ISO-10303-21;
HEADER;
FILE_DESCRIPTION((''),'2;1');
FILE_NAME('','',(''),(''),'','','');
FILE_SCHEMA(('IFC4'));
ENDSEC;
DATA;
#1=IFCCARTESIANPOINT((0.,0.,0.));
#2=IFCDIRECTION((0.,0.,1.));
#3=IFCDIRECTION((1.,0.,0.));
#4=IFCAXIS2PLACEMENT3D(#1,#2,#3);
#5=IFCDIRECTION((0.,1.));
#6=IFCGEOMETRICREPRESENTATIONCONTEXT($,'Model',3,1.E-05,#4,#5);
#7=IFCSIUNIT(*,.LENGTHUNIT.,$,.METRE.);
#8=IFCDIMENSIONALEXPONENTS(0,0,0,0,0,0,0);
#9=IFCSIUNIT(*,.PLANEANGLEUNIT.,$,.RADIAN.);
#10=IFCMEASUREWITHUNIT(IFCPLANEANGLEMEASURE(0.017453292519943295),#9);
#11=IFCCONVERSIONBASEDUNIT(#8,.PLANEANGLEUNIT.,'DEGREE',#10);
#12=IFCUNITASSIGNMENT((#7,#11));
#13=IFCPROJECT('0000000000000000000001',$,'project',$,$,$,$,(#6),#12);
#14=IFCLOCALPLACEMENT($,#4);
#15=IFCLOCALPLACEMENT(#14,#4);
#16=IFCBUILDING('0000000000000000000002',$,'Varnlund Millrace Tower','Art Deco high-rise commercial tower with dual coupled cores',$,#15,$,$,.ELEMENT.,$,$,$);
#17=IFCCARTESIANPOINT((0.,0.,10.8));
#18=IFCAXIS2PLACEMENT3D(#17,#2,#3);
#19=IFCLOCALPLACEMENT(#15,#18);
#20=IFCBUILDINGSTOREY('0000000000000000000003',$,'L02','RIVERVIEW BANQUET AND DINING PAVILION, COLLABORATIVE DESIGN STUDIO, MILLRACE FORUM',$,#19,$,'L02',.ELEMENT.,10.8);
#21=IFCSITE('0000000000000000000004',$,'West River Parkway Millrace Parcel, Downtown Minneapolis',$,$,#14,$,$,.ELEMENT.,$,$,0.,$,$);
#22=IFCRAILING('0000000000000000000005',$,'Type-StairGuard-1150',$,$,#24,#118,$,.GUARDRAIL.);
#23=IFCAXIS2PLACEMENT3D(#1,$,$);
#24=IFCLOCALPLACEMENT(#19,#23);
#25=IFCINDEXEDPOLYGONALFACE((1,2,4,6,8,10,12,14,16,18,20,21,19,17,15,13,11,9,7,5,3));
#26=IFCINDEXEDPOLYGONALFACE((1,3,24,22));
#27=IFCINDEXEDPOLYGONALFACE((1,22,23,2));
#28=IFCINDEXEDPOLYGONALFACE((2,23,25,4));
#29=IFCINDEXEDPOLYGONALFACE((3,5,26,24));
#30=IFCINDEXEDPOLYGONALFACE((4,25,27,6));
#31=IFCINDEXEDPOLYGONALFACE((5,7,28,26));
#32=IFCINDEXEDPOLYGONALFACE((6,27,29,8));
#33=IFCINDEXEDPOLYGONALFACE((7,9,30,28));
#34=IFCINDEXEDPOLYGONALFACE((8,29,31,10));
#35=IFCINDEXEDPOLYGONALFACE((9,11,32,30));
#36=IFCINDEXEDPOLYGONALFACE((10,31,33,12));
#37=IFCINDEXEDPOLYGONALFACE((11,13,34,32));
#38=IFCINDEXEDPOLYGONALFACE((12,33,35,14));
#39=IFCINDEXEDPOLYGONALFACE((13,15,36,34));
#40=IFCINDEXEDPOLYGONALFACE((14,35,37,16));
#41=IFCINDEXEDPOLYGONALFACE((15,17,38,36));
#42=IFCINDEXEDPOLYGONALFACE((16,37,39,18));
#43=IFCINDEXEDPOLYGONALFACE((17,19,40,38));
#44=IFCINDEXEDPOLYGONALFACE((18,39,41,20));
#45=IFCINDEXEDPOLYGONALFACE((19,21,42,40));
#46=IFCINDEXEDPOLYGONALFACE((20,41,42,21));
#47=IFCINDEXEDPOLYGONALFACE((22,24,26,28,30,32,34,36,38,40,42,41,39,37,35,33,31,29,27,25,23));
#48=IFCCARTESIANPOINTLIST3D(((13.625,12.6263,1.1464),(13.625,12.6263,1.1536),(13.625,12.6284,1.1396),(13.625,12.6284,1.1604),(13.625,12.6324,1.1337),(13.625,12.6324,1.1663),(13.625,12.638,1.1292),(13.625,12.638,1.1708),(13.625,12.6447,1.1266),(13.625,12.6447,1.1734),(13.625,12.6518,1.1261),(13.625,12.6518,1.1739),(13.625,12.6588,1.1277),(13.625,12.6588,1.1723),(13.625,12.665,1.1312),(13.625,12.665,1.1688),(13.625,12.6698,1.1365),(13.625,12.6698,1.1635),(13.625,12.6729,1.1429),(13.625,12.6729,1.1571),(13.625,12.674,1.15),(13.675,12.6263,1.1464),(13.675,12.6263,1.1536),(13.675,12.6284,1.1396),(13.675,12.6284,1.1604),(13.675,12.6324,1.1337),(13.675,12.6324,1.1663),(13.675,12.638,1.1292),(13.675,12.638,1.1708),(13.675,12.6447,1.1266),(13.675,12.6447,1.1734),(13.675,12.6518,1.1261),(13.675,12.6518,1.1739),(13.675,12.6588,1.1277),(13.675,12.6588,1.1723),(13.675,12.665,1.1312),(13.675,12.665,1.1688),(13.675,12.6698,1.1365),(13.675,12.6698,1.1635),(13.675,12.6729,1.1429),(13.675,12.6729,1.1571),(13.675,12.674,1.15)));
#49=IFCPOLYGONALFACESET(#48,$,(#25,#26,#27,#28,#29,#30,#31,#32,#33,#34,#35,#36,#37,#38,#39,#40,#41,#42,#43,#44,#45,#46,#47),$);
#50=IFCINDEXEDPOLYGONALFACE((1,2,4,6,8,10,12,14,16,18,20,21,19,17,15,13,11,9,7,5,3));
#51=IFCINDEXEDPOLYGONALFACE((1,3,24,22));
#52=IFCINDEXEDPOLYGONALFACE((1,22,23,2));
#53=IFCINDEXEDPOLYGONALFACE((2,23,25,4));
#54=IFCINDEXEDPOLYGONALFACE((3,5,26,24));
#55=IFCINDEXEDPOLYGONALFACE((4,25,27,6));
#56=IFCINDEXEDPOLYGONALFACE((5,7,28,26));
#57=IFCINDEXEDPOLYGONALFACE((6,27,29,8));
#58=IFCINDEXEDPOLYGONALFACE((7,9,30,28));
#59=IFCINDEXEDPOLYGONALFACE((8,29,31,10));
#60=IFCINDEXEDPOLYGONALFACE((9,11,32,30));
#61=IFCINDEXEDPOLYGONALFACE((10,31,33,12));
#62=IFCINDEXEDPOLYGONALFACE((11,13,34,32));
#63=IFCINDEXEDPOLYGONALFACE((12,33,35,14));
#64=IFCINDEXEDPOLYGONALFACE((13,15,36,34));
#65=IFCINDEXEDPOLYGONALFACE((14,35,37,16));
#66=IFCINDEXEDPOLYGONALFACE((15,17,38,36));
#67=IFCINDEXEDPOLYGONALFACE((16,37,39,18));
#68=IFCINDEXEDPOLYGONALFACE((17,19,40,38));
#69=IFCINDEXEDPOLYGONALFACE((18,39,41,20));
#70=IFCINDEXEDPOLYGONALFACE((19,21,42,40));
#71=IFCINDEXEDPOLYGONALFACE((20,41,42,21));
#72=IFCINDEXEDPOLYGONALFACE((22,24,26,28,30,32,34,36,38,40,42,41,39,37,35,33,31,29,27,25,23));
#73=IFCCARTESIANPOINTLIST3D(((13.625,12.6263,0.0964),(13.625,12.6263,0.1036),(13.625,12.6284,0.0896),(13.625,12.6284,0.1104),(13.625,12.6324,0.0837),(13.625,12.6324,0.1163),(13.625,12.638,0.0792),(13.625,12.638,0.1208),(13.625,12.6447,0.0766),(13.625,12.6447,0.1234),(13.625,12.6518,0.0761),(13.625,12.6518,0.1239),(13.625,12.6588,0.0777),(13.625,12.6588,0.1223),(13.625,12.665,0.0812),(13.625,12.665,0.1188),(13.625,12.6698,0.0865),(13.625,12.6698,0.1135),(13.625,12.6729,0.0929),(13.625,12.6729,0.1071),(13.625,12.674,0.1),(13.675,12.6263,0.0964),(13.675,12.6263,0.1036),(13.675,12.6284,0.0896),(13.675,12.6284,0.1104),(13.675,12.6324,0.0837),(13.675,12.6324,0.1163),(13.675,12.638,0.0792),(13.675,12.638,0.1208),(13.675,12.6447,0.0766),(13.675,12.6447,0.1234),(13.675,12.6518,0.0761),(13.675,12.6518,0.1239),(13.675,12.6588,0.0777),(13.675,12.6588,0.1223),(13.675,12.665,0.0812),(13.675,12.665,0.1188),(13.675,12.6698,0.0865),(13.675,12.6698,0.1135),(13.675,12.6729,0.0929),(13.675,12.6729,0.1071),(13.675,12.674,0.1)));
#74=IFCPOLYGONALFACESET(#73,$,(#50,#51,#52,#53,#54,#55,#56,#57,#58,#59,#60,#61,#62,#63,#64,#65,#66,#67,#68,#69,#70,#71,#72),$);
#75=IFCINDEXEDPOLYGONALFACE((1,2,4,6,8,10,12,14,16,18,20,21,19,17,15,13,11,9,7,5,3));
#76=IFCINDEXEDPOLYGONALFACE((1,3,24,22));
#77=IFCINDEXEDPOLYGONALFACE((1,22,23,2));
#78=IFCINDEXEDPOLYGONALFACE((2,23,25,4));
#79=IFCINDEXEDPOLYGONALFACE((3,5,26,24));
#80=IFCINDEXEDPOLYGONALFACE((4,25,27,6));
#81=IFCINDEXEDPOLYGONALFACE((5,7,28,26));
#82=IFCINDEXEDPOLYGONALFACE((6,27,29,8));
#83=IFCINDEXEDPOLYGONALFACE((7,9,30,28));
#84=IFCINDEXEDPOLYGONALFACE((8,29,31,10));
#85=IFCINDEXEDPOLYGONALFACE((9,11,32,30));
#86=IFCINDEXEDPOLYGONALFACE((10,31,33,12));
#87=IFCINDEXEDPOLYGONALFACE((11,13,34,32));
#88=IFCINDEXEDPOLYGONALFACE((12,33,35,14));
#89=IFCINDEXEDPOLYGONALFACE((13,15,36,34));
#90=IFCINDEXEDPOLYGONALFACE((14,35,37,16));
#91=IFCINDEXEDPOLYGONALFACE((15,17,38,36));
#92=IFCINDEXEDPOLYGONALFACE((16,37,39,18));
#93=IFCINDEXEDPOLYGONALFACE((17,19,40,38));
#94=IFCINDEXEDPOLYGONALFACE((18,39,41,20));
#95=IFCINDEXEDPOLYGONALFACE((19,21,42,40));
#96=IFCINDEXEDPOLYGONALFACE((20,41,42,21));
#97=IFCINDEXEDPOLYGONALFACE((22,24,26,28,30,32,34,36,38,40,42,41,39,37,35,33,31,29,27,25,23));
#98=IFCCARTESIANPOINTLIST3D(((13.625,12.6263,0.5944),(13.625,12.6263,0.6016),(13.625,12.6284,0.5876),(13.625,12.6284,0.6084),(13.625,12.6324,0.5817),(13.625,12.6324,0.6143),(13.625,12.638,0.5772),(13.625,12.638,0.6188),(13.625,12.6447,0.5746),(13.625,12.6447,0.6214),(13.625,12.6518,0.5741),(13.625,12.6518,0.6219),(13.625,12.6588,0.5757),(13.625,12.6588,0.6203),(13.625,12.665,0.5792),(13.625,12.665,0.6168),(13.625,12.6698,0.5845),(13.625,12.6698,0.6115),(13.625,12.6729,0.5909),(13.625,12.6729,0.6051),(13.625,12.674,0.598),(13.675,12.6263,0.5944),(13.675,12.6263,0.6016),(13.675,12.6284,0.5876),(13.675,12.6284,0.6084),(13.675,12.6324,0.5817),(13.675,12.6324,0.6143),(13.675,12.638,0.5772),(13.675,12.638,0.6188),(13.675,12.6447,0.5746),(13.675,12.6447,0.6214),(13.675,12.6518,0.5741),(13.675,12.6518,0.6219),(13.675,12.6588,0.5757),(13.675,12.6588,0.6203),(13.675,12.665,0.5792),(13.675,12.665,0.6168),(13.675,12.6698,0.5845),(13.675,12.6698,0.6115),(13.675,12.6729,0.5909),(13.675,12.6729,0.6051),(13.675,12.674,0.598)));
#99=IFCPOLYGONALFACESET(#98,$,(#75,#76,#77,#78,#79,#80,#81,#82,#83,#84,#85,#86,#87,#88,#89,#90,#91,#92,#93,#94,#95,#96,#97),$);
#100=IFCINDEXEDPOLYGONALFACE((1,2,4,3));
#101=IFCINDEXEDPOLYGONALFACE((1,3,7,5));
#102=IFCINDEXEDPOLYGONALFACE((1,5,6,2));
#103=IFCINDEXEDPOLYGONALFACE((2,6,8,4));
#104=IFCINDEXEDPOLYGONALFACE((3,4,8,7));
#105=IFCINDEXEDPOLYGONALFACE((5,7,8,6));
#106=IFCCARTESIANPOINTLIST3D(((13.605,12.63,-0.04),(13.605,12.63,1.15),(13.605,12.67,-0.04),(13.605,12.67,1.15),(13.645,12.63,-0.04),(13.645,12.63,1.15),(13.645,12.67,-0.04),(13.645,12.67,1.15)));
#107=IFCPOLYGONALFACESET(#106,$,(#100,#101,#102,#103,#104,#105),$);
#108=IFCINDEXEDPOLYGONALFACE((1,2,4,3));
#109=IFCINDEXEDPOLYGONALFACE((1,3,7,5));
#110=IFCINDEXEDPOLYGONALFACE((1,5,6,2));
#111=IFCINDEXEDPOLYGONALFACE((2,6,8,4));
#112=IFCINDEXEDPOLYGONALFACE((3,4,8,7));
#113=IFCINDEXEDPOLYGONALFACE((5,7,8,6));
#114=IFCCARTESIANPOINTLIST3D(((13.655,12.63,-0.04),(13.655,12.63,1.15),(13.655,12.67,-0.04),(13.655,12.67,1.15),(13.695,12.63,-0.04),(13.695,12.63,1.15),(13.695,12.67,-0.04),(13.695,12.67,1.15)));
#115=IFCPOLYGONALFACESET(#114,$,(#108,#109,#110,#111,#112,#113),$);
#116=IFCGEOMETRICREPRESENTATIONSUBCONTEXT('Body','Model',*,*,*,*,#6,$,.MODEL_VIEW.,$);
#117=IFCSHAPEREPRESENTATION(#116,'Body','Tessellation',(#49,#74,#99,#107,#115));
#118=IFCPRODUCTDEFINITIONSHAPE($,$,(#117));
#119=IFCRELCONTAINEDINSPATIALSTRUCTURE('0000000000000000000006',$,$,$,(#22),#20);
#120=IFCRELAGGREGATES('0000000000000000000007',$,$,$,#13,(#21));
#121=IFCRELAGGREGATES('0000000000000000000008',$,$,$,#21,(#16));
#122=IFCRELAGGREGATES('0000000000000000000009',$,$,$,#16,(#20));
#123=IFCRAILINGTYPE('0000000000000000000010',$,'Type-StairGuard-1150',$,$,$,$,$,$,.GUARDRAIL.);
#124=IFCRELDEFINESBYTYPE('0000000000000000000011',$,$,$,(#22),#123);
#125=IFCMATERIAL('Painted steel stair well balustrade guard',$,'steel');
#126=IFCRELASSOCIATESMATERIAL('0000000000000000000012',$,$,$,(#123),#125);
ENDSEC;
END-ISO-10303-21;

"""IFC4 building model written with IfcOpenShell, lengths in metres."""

from ifc_helpers import new_model, entity, si_unit, converted_unit, direction, frame, origin_with_axes, origin_2d_with_axis, place, context, subcontext, project, spatial, rectangle, circle, extrude, material, type_object, element, save


model = new_model("IFC4")

# Units and contexts
model_context = context("Model", 3, precision=1e-05, world=origin_with_axes(), true_north=direction((0.0, 1.0)))
body_context = subcontext(model_context, "Body", "Model", "MODEL_VIEW")
ifc_project = project(units=[si_unit("LENGTHUNIT", "METRE"), converted_unit("PLANEANGLEUNIT", "DEGREE", entity("IfcPlaneAngleMeasure", 0.017453292519943295), si_unit("PLANEANGLEUNIT", "RADIAN"), dimensions=[0, 0, 0, 0, 0, 0, 0])], contexts=[model_context])

# Site, building, storey
site_placement = place(None, origin_with_axes())
site = spatial("IfcSite", under=ifc_project, at=site_placement, Name="West River Parkway Millrace Parcel, Downtown Minneapolis", CompositionType="ELEMENT", RefElevation=0.0)
building_placement = place(site_placement, origin_with_axes())
building = spatial("IfcBuilding", under=site, at=building_placement, Name="Varnlund Millrace Tower", Description="Art Deco high-rise commercial tower with dual coupled cores", CompositionType="ELEMENT")
storey_placement = place(building_placement, frame((0.0, 0.0, 10.8), z_axis=(0.0, 0.0, 1.0), x_axis=(1.0, 0.0, 0.0)))
storey = spatial("IfcBuildingStorey", under=building, at=storey_placement, Name="L02", Description="RIVERVIEW BANQUET AND DINING PAVILION, COLLABORATIVE DESIGN STUDIO, MILLRACE FORUM", LongName="L02", CompositionType="ELEMENT", Elevation=10.8)

# Railing
ifc_material_1 = material(Name="Painted steel stair well balustrade guard", Category="steel")
railing_type_1 = type_object("IfcRailingType", Name="Type-StairGuard-1150", PredefinedType="GUARDRAIL", material=ifc_material_1)
railing_1_placement = place(storey_placement, frame((0.0, 0.0, -10.8), z_axis=(0.0, 0.0, 1.0), x_axis=(1.0, 0.0, 0.0)))
element("IfcRailing", 1, at=railing_1_placement, inside=storey, type_object=railing_type_1, Name="Type-StairGuard-1150", PredefinedType="GUARDRAIL", context=body_context, shape_type="SweptSolid", body=[
    extrude(circle(Radius=0.024, at=origin_2d_with_axis()), frame((13.625, 12.65, 11.95), z_axis=(1.0, 0.0, 0.0), x_axis=(0.0, 1.0, 0.0)), (0.0, 0.0, 1.0), 0.05),
    extrude(circle(Radius=0.024, at=origin_2d_with_axis()), frame((13.625, 12.65, 10.9), z_axis=(1.0, 0.0, 0.0), x_axis=(0.0, 1.0, 0.0)), (0.0, 0.0, 1.0), 0.05),
    extrude(circle(Radius=0.024, at=origin_2d_with_axis()), frame((13.625, 12.65, 11.398), z_axis=(1.0, 0.0, 0.0), x_axis=(0.0, 1.0, 0.0)), (0.0, 0.0, 1.0), 0.05),
    extrude(rectangle(XDim=0.04, YDim=0.04, at=origin_2d_with_axis()), frame((13.625, 12.65, 10.76), z_axis=(0.0, 0.0, 1.0), x_axis=(1.0, 0.0, 0.0)), (0.0, 0.0, 1.0), 1.19),
    extrude(rectangle(XDim=0.04, YDim=0.04, at=origin_2d_with_axis()), frame((13.675, 12.65, 10.76), z_axis=(0.0, 0.0, 1.0), x_axis=(1.0, 0.0, 0.0)), (0.0, 0.0, 1.0), 1.19),
])

save(model, "model.ifc")
